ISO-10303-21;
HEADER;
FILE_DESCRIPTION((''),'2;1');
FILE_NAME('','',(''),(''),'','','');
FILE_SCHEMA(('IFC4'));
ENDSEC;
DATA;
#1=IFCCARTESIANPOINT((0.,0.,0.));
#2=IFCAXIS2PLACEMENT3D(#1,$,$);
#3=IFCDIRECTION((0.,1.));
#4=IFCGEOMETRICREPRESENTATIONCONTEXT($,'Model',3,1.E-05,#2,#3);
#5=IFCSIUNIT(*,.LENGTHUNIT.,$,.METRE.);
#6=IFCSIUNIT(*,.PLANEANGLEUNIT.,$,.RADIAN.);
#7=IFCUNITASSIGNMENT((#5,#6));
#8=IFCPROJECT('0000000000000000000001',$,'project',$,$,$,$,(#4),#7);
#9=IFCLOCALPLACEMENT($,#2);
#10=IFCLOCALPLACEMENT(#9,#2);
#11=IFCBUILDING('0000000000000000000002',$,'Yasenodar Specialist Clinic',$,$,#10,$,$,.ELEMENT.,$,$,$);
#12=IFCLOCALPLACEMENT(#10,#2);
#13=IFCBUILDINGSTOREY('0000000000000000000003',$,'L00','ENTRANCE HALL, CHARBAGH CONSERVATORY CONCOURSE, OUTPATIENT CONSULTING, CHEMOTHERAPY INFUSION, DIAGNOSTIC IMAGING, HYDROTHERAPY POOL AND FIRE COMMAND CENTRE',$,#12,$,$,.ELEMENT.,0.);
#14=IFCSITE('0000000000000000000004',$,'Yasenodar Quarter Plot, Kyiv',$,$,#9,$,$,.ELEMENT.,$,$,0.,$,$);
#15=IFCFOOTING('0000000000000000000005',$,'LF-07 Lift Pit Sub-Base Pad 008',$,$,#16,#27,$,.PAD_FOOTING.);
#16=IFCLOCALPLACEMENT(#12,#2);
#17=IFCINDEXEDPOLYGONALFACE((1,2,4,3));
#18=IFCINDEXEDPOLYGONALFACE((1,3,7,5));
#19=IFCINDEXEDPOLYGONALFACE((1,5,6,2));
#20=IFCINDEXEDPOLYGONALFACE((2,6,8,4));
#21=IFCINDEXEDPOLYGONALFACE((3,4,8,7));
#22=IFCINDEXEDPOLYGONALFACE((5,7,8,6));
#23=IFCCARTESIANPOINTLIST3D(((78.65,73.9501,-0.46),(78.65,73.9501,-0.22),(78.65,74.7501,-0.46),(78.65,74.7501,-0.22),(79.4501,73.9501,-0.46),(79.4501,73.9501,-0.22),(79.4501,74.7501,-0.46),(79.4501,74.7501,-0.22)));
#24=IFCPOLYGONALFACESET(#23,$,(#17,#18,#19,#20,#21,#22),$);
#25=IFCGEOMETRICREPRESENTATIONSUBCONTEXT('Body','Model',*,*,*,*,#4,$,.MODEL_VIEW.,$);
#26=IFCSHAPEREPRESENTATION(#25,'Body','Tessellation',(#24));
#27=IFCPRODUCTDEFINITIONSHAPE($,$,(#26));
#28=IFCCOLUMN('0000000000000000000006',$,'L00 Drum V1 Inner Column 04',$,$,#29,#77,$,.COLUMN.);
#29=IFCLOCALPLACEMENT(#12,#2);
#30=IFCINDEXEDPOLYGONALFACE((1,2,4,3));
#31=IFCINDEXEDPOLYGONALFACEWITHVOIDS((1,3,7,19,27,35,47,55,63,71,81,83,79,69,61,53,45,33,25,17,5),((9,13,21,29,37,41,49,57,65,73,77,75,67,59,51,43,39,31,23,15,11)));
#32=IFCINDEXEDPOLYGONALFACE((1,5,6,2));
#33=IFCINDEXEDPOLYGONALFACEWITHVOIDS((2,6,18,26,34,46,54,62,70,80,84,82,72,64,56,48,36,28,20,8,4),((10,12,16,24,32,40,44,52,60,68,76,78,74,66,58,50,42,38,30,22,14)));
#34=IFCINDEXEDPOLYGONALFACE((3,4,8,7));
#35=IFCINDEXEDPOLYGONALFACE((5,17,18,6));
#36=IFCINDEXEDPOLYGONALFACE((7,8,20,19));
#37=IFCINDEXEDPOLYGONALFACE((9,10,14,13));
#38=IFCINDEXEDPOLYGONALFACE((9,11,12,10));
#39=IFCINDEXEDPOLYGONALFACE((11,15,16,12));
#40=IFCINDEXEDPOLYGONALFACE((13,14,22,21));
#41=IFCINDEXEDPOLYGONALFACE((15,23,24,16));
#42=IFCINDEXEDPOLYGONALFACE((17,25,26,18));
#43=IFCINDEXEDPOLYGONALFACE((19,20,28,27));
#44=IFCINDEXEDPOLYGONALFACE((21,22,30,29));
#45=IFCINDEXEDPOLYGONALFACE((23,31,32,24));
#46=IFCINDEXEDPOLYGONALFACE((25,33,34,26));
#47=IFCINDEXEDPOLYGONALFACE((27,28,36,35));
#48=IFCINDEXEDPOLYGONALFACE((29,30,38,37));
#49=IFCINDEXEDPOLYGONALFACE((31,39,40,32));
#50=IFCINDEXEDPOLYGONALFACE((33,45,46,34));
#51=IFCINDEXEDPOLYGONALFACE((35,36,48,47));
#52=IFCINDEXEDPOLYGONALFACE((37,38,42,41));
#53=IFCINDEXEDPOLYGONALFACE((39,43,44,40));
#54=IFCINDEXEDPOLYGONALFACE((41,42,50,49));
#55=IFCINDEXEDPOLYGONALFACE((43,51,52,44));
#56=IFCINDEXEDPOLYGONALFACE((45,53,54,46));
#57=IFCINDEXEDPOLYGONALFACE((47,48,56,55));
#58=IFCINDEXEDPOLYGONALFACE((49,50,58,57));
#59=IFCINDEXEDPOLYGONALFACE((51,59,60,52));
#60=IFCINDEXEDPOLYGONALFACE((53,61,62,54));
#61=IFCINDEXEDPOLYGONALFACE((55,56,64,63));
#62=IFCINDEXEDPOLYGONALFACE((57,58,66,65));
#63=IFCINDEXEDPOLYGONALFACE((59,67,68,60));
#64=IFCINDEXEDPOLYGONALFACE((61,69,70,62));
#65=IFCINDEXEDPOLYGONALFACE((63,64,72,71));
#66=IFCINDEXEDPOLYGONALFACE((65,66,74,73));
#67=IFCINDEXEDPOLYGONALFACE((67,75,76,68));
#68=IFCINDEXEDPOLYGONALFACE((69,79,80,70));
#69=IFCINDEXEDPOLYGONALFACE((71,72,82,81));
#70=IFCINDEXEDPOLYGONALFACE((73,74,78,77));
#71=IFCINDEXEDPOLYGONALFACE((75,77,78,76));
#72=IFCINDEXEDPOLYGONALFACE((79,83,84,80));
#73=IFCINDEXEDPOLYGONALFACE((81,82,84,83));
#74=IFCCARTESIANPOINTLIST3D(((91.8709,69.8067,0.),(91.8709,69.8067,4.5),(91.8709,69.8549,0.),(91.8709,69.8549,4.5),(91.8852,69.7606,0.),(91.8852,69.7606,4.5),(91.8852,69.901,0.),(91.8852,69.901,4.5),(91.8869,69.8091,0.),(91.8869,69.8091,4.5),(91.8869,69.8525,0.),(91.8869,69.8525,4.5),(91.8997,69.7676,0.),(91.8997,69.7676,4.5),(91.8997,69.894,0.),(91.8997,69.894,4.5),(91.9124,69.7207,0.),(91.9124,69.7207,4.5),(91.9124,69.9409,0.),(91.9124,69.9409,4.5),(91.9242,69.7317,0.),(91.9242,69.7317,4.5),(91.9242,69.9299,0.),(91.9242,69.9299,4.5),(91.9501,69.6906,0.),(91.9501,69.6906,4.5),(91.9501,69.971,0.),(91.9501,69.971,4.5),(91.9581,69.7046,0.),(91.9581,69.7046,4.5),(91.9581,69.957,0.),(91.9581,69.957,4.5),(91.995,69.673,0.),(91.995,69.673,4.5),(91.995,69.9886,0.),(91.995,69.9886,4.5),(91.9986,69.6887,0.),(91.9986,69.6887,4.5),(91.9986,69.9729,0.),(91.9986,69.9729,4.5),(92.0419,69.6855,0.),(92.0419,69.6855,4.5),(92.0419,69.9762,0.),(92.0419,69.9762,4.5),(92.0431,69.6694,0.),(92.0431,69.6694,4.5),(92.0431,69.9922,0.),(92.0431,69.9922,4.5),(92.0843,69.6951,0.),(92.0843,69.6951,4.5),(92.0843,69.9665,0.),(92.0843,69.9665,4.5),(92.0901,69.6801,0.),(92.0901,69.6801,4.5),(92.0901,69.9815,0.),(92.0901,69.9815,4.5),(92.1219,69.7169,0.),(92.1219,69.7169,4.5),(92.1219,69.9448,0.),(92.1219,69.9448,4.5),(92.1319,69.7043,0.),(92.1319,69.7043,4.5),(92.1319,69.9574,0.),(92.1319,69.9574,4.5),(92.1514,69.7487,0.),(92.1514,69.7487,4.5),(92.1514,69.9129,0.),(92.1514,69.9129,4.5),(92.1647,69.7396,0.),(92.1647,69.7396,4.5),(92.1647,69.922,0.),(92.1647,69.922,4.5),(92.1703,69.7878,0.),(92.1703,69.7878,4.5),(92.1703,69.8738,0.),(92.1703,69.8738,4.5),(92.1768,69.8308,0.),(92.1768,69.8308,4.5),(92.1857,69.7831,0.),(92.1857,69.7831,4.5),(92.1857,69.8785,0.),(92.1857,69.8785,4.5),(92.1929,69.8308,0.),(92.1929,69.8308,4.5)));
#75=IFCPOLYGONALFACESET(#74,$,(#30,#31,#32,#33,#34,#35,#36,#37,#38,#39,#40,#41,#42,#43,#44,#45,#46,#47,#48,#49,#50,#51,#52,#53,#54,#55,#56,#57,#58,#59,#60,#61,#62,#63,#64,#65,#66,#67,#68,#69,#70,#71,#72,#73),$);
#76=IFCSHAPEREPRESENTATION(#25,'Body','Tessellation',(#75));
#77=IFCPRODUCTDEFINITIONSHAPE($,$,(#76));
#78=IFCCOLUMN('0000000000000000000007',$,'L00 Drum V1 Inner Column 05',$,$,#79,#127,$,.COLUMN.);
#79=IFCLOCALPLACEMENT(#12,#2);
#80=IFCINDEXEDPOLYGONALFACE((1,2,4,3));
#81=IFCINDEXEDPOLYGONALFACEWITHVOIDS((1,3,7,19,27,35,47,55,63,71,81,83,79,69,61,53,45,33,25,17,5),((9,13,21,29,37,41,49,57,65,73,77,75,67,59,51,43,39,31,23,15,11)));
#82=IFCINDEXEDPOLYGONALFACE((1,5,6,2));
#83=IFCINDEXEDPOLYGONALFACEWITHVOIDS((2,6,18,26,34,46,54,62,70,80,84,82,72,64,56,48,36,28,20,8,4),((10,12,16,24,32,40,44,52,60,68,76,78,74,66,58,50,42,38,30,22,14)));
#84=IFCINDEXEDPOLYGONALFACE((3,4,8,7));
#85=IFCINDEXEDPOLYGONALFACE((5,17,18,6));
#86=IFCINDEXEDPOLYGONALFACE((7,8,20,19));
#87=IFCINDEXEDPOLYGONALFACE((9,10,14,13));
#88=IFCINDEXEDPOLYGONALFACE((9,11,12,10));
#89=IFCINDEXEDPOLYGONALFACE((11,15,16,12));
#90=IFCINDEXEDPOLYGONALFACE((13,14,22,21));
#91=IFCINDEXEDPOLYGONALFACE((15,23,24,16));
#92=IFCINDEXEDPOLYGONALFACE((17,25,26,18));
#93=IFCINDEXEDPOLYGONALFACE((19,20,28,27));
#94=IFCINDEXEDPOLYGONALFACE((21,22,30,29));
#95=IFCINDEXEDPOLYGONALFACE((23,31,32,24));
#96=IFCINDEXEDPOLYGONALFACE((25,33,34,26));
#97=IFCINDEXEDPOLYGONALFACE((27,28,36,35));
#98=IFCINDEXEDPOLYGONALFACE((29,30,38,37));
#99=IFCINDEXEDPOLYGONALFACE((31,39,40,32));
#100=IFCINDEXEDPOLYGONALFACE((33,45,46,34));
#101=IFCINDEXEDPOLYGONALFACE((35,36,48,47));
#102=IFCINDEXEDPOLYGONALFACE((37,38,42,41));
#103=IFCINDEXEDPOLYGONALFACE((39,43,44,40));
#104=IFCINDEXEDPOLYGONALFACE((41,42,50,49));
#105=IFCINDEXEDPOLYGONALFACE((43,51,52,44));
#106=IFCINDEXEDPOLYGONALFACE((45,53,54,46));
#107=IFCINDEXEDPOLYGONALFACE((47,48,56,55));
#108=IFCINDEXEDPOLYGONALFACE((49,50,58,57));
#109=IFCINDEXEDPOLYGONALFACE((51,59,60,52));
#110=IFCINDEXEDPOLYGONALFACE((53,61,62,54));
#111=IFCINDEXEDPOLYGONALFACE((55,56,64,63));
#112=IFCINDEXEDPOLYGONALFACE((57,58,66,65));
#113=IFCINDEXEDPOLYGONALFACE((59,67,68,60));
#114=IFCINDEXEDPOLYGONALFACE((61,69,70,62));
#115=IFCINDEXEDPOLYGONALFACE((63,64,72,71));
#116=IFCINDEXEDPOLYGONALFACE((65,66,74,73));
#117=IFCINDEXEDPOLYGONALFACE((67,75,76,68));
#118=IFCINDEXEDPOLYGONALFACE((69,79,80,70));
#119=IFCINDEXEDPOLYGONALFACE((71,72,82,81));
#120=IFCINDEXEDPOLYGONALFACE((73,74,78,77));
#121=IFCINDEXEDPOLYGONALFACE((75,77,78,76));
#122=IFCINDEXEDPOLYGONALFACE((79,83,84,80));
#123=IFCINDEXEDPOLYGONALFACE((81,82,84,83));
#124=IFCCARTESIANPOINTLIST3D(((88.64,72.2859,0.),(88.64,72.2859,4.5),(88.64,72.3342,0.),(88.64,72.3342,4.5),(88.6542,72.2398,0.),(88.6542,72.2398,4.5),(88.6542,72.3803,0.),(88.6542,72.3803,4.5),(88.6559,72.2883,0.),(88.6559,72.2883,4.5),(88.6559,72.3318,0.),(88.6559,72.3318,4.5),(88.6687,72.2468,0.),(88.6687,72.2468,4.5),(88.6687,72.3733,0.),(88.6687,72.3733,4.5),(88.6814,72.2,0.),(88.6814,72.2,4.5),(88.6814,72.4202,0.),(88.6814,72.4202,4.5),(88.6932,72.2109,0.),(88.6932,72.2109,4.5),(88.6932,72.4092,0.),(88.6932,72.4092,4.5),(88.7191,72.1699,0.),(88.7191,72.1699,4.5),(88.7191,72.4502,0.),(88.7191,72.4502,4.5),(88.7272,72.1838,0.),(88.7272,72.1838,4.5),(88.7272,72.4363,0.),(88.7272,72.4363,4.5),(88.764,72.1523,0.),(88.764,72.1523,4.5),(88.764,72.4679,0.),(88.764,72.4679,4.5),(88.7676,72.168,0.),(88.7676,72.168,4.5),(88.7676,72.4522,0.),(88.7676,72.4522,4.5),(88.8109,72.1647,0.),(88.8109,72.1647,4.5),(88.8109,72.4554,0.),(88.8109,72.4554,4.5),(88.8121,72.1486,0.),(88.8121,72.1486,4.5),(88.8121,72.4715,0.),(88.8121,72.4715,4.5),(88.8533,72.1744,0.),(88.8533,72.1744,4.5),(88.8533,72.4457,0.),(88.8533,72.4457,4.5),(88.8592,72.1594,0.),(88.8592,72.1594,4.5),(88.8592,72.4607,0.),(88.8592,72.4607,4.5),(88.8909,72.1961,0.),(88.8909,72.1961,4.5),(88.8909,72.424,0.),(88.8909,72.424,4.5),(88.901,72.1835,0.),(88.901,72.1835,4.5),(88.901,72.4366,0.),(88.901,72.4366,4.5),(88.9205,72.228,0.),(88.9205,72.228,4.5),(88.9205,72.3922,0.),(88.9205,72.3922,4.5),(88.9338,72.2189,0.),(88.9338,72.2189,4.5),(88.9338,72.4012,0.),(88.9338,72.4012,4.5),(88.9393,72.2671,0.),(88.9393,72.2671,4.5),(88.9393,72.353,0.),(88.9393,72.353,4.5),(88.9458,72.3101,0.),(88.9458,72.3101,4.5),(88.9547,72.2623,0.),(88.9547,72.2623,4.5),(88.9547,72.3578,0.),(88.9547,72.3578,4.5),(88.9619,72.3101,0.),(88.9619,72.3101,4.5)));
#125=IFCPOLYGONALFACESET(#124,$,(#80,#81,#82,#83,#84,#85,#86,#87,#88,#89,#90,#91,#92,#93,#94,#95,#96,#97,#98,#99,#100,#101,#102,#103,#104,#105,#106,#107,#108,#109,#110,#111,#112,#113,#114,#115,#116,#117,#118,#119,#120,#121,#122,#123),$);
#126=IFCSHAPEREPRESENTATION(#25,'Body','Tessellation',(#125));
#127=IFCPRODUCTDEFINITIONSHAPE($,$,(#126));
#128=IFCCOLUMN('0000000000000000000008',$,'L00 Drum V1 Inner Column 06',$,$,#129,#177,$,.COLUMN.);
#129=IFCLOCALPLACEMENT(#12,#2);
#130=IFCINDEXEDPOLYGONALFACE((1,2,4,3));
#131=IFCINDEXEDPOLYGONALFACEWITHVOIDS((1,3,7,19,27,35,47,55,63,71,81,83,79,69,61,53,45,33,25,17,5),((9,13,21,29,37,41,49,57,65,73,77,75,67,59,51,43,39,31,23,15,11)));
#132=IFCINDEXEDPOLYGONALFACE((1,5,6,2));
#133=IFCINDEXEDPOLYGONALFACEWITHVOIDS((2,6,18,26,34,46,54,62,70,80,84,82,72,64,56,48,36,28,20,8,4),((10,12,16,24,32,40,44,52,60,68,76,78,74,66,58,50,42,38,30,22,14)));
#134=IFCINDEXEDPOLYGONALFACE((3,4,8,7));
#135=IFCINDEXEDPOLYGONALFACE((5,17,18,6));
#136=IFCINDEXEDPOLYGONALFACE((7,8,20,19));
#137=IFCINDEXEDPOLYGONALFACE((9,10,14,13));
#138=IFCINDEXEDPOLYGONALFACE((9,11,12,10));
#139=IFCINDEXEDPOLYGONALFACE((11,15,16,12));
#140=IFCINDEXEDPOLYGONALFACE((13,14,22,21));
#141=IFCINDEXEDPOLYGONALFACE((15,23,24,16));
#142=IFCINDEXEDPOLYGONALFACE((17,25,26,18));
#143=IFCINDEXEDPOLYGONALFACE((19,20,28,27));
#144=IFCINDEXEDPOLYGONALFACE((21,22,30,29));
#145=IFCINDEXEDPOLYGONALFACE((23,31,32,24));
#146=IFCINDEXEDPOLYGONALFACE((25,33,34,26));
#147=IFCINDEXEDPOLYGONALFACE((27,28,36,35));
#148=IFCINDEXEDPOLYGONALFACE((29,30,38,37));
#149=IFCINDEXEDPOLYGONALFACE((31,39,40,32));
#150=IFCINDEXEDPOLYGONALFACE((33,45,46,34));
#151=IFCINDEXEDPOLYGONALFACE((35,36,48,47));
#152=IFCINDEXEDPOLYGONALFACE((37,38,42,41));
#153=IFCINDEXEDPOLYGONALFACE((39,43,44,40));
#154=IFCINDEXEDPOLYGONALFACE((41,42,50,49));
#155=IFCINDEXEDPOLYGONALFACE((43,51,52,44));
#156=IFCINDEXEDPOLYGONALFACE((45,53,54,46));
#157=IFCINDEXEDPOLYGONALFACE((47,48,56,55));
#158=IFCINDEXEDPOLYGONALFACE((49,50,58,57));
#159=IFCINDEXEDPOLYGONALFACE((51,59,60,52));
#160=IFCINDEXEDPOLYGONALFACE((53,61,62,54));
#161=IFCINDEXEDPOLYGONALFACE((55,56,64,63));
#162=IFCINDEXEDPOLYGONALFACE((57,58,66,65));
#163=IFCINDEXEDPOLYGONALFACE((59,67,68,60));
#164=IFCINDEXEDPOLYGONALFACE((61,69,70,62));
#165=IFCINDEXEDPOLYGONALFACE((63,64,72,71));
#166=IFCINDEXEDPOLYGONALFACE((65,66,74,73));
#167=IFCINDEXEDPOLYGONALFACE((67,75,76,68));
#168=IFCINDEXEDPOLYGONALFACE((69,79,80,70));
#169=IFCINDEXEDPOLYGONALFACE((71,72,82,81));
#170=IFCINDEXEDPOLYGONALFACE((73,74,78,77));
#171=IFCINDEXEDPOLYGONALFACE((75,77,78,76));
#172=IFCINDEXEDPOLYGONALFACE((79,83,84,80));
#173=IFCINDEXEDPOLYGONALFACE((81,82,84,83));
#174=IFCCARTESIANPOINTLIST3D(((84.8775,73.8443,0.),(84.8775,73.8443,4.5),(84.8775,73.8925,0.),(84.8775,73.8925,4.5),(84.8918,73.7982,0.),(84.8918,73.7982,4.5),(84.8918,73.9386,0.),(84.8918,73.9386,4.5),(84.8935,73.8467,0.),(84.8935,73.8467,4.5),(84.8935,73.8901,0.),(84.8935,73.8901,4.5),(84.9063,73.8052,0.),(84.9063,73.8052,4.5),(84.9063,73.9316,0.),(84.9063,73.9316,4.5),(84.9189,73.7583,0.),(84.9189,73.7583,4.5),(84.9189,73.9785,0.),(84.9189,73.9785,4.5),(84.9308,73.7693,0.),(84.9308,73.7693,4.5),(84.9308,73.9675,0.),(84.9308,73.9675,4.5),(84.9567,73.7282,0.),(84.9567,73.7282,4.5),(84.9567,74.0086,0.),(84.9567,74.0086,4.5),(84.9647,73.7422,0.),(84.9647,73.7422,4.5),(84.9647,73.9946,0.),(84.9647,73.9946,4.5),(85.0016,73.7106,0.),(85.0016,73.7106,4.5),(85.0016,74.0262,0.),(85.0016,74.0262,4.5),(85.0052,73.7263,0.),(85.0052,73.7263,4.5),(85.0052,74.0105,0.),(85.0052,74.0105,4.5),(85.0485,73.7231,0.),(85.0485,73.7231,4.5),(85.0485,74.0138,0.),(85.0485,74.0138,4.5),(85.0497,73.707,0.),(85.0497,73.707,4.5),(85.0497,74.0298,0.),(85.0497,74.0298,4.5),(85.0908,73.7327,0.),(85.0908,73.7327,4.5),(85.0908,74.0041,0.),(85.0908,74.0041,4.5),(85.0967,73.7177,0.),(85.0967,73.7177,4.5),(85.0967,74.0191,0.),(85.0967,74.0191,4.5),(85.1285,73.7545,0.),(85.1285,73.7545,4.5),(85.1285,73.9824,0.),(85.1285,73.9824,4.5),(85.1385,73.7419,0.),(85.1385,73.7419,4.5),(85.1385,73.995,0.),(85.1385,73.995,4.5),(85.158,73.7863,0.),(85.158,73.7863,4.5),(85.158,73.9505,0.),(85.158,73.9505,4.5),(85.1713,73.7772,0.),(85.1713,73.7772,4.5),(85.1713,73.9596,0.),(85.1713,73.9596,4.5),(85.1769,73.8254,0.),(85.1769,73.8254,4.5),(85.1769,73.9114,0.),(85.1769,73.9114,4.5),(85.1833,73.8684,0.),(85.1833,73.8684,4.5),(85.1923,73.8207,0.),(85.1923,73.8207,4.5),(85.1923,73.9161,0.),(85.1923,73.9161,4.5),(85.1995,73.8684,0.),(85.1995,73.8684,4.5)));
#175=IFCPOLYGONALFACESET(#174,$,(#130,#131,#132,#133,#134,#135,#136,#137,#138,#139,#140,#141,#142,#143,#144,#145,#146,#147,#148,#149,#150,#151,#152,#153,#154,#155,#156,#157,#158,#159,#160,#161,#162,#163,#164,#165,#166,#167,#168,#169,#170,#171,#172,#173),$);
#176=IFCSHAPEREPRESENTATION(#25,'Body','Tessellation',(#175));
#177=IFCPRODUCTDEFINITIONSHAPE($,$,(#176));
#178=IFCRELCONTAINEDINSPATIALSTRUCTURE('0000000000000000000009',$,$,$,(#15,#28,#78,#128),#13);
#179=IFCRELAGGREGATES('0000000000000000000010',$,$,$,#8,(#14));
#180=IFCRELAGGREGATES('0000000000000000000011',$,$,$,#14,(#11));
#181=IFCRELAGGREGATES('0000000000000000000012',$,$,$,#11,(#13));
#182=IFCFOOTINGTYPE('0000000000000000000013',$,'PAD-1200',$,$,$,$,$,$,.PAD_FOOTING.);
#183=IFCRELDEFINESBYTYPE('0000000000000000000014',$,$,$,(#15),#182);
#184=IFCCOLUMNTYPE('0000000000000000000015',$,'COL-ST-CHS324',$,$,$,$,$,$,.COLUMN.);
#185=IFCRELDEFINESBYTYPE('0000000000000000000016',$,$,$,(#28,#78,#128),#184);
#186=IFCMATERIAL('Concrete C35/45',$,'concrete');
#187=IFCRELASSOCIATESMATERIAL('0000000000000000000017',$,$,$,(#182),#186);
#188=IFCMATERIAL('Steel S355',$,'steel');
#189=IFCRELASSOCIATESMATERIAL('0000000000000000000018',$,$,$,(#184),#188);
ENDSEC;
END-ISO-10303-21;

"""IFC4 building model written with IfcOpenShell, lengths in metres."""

from ifc_helpers import new_model, si_unit, direction, frame, origin, origin_2d, place, context, subcontext, project, spatial, rectangle, hollow_circle, extrude, material, material_profile, profile_set, type_object, element, save


model = new_model("IFC4")

# Units and contexts
model_context = context("Model", 3, precision=1e-05, world=origin(), true_north=direction((0.0, 1.0)))
body_context = subcontext(model_context, "Body", "Model", "MODEL_VIEW")
ifc_project = project(units=[si_unit("LENGTHUNIT", "METRE"), si_unit("PLANEANGLEUNIT", "RADIAN")], contexts=[model_context])

# Site, building, storey
site_placement = place(None, origin())
site = spatial("IfcSite", under=ifc_project, at=site_placement, Name="Yasenodar Quarter Plot, Kyiv", CompositionType="ELEMENT", RefElevation=0.0)
building_placement = place(site_placement, origin())
building = spatial("IfcBuilding", under=site, at=building_placement, Name="Yasenodar Specialist Clinic", CompositionType="ELEMENT")
storey_placement = place(building_placement, origin())
storey = spatial("IfcBuildingStorey", under=building, at=storey_placement, Name="L00", Description="ENTRANCE HALL, CHARBAGH CONSERVATORY CONCOURSE, OUTPATIENT CONSULTING, CHEMOTHERAPY INFUSION, DIAGNOSTIC IMAGING, HYDROTHERAPY POOL AND FIRE COMMAND CENTRE", CompositionType="ELEMENT", Elevation=0.0)

# Footing
ifc_material_1 = material(Name="Concrete C35/45", Category="concrete")
footing_type = type_object("IfcFootingType", Name="PAD-1200", PredefinedType="PAD_FOOTING", material=ifc_material_1)
footing_placement = place(storey_placement, frame((79.05, 74.3501, -0.46), z_axis=(0.0, 0.0, 1.0), x_axis=(1.0, 0.0, 0.0)))
element("IfcFooting", 1, at=footing_placement, inside=storey, type_object=footing_type, Name="LF-07 Lift Pit Sub-Base Pad 008", PredefinedType="PAD_FOOTING", context=body_context, shape_type="SweptSolid", body=[
    extrude(rectangle(XDim=0.8, YDim=0.8, at=origin_2d()), origin(), (0.0, 0.0, 1.0), 0.24),
])

# Columns
ifc_material_2 = material(Name="Steel S355", Category="steel")
ifc_material_profile_1 = material_profile(ifc_material_2, hollow_circle(Radius=0.1619, WallThickness=0.0161, at=origin_2d()), Name="CHS 323.9x16")
ifc_profile_set_1 = profile_set([ifc_material_profile_1], Name="Steel S355")
column_type = type_object("IfcColumnType", Name="COL-ST-CHS324", PredefinedType="COLUMN", material=ifc_profile_set_1)
for number, where, z_axis, x_axis, name in (
    (2, (92.031, 69.8308, 0.0), (0.0, 0.0, 1.0), (1.0, 0.0, 0.0), "L00 Drum V1 Inner Column 04"),
    (3, (88.8, 72.3101, 0.0), (0.0, 0.0, 1.0), (1.0, 0.0, 0.0), "L00 Drum V1 Inner Column 05"),
    (4, (85.0376, 73.8684, 0.0), (0.0, 0.0, 1.0), (1.0, 0.0, 0.0), "L00 Drum V1 Inner Column 06"),
):
    element("IfcColumn", number, at=place(storey_placement, frame(where, z_axis=z_axis, x_axis=x_axis)), inside=storey, type_object=column_type, Name=name, PredefinedType="COLUMN", context=body_context, shape_type="SweptSolid", body=[
        extrude(hollow_circle(Radius=0.1619, WallThickness=0.0161, at=origin_2d()), origin(), (0.0, 0.0, 1.0), 4.5),
    ])

save(model, "model.ifc")
